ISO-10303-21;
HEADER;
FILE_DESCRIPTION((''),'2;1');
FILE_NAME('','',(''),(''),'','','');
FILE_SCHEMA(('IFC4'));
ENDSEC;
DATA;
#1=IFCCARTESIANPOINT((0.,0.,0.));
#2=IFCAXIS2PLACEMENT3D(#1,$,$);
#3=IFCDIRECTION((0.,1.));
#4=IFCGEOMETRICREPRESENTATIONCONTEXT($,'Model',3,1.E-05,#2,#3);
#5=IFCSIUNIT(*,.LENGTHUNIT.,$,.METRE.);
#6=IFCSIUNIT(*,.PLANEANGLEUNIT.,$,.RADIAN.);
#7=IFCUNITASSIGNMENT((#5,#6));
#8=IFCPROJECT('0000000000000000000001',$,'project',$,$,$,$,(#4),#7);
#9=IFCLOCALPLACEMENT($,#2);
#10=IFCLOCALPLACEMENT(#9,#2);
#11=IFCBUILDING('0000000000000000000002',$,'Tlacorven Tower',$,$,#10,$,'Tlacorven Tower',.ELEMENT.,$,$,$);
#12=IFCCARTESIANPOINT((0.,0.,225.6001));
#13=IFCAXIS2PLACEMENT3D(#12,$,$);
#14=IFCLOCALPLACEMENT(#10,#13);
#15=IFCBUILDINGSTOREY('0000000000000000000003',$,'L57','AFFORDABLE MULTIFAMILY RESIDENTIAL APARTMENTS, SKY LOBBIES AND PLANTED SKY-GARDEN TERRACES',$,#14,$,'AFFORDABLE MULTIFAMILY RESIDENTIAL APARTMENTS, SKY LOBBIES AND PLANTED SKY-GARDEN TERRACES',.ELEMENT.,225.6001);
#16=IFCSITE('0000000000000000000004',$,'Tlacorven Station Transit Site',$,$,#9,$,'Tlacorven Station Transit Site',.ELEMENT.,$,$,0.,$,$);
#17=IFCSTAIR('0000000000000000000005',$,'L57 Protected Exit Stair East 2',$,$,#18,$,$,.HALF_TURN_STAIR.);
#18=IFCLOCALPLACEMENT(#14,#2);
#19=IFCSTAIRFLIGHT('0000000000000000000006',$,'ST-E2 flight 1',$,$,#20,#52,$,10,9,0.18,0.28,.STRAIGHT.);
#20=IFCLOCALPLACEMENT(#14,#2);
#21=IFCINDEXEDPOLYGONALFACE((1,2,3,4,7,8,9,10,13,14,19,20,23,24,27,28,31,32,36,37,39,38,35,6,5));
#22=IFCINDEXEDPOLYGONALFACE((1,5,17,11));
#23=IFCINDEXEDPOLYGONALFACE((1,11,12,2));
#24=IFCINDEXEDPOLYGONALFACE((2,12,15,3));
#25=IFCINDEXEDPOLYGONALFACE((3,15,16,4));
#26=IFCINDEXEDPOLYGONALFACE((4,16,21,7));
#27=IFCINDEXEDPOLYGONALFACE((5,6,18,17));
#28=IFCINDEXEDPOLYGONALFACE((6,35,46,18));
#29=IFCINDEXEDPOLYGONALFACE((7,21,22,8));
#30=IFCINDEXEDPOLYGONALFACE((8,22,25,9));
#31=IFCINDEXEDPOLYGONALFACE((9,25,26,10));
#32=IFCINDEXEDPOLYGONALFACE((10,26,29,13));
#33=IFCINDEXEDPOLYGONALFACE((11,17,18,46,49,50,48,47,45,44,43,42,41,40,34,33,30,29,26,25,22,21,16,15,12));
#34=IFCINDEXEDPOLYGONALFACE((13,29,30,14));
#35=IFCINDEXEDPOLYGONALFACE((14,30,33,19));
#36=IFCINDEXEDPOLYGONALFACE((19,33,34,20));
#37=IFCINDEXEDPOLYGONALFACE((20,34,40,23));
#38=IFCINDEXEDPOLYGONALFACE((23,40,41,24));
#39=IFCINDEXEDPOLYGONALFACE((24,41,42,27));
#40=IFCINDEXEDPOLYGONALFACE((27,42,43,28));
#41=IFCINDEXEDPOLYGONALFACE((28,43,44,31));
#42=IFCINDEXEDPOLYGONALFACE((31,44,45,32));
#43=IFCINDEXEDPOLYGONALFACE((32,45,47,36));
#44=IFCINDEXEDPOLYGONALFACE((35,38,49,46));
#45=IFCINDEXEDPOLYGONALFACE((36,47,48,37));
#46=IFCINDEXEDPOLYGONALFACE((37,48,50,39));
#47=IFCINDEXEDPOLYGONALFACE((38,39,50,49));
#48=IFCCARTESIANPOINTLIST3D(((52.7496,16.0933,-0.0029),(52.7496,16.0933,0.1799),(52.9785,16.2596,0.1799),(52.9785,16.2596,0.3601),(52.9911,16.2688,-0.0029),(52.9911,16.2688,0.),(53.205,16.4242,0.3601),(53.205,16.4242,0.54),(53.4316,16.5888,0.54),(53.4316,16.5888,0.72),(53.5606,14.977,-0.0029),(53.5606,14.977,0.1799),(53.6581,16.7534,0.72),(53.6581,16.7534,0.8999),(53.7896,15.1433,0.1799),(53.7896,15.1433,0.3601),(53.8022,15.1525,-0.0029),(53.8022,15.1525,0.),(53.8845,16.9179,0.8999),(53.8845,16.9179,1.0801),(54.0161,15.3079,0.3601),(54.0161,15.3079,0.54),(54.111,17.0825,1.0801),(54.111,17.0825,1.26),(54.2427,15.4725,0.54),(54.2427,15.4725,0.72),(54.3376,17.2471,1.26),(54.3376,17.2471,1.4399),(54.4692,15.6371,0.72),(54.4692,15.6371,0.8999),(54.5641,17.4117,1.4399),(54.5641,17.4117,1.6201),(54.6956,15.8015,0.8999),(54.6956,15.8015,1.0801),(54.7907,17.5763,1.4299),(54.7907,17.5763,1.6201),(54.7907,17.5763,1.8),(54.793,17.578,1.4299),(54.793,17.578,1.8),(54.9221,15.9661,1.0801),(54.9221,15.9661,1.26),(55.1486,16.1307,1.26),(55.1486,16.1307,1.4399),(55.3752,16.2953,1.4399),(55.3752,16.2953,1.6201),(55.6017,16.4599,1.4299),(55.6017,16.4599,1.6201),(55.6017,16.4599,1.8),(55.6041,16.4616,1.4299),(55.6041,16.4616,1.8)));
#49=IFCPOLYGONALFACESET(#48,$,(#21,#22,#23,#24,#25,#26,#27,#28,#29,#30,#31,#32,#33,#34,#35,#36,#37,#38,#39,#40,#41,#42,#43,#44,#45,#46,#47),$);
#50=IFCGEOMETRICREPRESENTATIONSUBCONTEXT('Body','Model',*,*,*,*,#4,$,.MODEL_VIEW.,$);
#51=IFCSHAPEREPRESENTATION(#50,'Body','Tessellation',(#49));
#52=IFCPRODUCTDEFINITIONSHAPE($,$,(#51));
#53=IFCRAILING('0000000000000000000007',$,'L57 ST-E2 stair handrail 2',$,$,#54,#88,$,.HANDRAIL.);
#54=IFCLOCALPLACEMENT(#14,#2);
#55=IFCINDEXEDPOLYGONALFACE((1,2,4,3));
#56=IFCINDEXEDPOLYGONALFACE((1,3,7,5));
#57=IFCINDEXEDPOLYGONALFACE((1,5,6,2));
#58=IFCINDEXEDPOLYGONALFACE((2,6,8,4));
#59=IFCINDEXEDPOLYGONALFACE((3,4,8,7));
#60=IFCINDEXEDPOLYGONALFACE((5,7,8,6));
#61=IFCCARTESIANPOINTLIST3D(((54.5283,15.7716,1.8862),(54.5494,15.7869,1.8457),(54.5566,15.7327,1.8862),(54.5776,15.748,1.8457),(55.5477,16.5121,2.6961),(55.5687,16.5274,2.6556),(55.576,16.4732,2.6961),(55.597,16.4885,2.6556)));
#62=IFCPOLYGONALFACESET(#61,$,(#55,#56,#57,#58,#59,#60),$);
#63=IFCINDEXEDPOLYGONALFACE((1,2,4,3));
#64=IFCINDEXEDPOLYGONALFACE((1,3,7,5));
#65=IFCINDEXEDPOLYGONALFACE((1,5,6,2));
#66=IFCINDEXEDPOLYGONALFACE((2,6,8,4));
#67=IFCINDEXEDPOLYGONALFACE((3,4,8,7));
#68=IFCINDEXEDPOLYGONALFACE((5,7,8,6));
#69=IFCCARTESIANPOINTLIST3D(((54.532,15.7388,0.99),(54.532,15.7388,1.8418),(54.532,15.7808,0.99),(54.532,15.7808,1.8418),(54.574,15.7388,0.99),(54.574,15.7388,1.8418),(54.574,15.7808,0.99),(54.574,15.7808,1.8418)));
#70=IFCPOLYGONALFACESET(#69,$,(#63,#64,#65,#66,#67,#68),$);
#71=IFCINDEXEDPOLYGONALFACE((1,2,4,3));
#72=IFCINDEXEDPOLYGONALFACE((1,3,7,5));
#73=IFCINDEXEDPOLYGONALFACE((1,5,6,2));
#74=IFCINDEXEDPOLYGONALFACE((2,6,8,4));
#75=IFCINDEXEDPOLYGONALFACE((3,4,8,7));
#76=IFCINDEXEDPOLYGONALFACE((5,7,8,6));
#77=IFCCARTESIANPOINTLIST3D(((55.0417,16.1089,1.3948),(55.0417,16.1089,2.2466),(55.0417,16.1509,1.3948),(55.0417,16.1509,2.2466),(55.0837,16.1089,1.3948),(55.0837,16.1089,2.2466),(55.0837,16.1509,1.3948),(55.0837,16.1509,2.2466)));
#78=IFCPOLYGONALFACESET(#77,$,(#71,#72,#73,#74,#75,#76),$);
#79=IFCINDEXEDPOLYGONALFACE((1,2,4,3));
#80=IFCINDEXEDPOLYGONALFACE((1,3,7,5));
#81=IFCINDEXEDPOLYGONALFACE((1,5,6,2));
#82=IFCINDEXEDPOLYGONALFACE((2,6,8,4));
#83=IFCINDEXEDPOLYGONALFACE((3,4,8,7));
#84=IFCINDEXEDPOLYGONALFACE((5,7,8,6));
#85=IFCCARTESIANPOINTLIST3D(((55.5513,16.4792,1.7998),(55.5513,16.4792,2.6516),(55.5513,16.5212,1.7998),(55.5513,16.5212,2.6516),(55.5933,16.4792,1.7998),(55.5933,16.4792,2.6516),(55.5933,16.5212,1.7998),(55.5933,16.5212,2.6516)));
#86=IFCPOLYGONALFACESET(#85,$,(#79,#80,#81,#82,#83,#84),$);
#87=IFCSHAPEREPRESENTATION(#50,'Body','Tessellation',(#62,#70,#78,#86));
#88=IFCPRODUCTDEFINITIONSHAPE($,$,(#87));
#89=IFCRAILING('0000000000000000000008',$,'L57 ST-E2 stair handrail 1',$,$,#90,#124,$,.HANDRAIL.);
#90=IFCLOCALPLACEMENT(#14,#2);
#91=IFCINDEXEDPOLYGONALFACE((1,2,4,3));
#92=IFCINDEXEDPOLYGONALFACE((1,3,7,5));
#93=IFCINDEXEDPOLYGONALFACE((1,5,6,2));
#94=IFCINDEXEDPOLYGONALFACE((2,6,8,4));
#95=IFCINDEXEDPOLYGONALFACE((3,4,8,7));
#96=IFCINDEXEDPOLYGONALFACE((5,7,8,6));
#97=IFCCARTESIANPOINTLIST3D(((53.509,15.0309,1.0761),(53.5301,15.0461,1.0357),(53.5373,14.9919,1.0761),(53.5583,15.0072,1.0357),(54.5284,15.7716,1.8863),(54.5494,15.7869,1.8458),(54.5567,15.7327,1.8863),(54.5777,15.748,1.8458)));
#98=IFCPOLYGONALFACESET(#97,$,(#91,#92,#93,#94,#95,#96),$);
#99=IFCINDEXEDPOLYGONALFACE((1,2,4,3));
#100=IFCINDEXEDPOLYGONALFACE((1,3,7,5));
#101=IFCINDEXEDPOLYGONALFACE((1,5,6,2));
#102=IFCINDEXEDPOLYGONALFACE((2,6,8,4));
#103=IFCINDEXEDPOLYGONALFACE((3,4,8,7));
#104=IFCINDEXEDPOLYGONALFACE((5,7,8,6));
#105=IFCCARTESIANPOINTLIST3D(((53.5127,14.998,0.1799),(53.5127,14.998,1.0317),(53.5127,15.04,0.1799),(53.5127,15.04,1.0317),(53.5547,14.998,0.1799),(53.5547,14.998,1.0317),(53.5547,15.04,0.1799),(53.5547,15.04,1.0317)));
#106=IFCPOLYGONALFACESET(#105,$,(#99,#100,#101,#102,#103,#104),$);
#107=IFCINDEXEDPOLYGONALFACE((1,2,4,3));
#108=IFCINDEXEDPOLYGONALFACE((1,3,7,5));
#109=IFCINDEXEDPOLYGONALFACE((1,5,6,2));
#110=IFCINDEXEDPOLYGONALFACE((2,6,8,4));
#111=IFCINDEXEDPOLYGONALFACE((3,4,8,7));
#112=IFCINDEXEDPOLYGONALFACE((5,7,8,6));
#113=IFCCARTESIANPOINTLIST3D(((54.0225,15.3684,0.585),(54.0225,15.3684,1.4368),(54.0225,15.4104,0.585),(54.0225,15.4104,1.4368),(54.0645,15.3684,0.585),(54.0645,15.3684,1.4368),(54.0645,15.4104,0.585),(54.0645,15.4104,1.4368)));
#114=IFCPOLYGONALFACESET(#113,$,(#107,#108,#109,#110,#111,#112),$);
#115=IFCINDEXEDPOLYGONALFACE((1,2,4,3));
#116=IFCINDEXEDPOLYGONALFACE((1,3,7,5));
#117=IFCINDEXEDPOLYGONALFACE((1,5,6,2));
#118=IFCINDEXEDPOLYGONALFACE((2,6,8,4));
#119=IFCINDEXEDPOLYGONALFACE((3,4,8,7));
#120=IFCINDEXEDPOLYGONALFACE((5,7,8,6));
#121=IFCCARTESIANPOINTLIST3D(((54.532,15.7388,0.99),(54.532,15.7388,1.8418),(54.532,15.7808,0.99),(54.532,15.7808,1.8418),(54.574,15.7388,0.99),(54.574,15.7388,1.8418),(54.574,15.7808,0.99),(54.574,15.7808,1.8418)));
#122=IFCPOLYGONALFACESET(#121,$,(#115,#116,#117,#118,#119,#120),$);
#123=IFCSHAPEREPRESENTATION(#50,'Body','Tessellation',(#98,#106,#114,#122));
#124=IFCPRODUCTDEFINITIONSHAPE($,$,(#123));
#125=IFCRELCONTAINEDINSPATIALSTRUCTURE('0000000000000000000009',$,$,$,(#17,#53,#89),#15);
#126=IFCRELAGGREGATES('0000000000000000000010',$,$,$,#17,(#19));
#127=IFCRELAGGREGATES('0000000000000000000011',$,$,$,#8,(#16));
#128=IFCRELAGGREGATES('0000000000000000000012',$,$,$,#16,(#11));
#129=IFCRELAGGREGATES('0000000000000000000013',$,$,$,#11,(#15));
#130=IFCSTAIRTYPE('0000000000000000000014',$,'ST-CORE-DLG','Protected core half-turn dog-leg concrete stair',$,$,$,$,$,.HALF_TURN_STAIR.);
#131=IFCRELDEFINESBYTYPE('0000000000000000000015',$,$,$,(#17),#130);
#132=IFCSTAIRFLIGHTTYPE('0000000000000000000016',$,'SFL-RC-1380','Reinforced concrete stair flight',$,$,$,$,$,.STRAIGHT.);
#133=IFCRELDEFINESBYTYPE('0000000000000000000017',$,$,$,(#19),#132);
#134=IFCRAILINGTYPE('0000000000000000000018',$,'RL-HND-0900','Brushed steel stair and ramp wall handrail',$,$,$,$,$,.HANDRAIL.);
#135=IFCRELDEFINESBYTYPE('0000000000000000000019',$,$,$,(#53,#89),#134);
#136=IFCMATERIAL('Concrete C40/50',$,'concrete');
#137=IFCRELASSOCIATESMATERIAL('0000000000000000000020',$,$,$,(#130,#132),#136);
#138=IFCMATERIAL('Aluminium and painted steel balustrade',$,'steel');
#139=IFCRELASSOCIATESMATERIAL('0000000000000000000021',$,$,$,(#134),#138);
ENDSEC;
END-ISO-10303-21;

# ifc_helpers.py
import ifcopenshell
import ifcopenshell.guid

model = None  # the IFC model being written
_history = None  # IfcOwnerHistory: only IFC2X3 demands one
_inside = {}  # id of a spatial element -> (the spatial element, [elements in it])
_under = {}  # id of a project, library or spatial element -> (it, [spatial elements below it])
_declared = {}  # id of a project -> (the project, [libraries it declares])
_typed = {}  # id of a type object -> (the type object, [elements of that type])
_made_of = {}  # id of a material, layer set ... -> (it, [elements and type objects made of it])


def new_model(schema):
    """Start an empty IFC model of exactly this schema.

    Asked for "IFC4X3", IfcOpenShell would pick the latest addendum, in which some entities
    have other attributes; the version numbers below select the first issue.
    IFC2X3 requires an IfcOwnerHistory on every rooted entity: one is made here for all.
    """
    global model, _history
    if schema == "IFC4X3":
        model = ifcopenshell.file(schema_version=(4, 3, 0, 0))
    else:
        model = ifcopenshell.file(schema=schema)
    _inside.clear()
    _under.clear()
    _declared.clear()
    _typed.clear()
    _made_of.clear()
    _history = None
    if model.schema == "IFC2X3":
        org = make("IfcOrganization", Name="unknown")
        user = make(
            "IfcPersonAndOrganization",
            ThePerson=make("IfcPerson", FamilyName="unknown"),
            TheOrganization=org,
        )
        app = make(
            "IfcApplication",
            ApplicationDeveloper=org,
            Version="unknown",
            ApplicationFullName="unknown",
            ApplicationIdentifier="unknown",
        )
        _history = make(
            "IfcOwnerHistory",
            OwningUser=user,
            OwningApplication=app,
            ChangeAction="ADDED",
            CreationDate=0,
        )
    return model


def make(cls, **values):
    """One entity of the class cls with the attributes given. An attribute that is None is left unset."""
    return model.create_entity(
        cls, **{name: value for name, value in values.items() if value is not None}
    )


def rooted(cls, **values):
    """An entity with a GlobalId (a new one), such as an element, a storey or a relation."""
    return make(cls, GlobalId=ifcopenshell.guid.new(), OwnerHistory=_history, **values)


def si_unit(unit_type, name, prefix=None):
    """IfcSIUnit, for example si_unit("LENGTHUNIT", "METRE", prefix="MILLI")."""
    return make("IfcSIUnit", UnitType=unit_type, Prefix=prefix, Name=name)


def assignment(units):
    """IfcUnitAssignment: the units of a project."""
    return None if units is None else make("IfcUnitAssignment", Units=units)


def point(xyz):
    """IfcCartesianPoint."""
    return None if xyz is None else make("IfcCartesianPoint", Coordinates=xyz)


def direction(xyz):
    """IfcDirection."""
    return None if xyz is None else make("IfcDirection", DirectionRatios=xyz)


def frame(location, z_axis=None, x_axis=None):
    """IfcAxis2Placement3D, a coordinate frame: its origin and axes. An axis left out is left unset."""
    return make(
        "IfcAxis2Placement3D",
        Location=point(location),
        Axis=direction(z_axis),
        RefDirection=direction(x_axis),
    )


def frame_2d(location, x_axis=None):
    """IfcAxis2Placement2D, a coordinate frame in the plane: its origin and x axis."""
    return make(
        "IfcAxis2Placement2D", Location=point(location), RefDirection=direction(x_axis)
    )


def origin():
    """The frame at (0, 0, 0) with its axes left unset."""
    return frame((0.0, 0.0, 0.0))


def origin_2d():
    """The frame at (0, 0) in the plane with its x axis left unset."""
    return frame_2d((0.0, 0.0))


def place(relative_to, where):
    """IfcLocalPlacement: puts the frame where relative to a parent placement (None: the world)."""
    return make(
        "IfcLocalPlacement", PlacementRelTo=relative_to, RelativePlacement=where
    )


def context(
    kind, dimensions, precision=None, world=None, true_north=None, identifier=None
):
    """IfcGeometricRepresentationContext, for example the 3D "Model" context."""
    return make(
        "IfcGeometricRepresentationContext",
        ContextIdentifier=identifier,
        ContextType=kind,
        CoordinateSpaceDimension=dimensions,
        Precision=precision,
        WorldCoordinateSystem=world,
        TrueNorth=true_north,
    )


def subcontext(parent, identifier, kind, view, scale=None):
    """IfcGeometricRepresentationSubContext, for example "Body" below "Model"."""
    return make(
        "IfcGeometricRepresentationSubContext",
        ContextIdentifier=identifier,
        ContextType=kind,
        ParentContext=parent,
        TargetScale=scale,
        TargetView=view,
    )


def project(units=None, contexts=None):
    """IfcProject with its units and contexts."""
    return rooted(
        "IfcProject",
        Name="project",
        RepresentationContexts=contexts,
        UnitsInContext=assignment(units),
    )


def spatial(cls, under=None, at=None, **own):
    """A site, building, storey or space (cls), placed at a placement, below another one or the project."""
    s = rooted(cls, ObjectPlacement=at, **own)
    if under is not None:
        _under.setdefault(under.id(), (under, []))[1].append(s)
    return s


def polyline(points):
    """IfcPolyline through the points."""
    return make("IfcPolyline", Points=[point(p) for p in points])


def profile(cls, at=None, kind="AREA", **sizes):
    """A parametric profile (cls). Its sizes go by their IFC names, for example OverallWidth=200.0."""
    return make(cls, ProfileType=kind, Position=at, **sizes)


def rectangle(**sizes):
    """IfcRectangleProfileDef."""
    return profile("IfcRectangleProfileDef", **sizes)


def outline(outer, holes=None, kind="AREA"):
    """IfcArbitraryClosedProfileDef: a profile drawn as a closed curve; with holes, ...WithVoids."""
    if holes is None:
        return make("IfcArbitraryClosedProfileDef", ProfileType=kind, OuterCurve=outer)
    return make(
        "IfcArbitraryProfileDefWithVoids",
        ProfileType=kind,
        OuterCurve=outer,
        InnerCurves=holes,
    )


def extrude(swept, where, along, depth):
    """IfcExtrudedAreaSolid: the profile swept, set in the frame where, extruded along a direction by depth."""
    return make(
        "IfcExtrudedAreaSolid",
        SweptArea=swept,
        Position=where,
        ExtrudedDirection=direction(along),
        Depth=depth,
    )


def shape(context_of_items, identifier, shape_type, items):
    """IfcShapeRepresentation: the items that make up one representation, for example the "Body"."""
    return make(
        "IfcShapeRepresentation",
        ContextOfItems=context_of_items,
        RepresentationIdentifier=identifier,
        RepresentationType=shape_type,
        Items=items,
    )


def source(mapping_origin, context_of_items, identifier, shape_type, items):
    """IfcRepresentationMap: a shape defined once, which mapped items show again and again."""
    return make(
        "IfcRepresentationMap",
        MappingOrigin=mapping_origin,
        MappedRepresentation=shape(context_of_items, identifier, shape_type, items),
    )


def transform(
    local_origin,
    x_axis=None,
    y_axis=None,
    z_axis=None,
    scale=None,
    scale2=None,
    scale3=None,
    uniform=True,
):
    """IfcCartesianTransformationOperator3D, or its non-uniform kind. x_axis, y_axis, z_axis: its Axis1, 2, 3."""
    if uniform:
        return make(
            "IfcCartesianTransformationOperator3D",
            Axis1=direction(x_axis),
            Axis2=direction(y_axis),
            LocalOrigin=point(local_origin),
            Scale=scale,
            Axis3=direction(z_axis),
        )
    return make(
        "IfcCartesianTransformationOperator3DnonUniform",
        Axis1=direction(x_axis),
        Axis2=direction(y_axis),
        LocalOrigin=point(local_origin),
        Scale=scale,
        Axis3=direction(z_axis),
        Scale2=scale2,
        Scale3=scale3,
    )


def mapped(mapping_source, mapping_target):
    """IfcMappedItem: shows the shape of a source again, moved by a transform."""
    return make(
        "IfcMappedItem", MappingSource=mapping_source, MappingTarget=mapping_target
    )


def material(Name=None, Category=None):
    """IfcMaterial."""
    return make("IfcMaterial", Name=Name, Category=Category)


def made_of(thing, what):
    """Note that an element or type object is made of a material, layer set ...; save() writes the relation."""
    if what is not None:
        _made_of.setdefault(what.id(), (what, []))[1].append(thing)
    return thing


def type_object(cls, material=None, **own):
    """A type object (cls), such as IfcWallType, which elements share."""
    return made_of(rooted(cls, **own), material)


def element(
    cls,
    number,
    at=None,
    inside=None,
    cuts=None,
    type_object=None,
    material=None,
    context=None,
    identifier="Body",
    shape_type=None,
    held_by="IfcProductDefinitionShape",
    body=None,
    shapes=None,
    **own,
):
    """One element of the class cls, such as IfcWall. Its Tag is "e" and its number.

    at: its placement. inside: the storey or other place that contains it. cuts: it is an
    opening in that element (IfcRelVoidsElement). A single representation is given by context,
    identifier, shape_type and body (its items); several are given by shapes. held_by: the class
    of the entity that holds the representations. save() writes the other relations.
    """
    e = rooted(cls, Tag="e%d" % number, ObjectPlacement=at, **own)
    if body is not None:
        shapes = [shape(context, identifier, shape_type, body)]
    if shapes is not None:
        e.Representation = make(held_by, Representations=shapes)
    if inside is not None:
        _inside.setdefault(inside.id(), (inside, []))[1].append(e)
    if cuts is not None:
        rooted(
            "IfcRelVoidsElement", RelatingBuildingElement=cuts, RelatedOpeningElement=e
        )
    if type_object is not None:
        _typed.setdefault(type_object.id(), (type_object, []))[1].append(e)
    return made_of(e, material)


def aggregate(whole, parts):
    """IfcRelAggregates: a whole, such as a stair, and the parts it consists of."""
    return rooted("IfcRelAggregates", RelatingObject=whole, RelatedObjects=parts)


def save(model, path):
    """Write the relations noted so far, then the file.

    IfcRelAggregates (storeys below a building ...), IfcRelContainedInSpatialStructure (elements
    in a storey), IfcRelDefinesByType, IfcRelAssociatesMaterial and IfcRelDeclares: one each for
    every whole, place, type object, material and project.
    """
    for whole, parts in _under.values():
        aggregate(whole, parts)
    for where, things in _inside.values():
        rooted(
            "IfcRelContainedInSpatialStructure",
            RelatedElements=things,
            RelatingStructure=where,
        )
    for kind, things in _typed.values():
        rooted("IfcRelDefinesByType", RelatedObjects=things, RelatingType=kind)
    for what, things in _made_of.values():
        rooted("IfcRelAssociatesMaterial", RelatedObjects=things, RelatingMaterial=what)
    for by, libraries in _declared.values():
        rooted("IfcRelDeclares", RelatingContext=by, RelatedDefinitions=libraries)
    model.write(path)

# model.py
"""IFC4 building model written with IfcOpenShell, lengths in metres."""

from ifc_helpers import new_model, si_unit, direction, frame, origin, origin_2d, place, context, subcontext, project, spatial, polyline, rectangle, outline, extrude, source, transform, mapped, material, type_object, element, aggregate, save


model = new_model("IFC4")

# Units and contexts
model_context = context("Model", 3, precision=1e-05, world=origin(), true_north=direction((0.0, 1.0)))
body_context = subcontext(model_context, "Body", "Model", "MODEL_VIEW")
ifc_project = project(units=[si_unit("LENGTHUNIT", "METRE"), si_unit("PLANEANGLEUNIT", "RADIAN")], contexts=[model_context])

# Site, building, storey
site_placement = place(None, origin())
site = spatial("IfcSite", under=ifc_project, at=site_placement, Name="Tlacorven Station Transit Site", LongName="Tlacorven Station Transit Site", CompositionType="ELEMENT", RefElevation=0.0)
building_placement = place(site_placement, origin())
building = spatial("IfcBuilding", under=site, at=building_placement, Name="Tlacorven Tower", LongName="Tlacorven Tower", CompositionType="ELEMENT")
storey_placement = place(building_placement, frame((0.0, 0.0, 225.6001)))
storey = spatial("IfcBuildingStorey", under=building, at=storey_placement, Name="L57", Description="AFFORDABLE MULTIFAMILY RESIDENTIAL APARTMENTS, SKY LOBBIES AND PLANTED SKY-GARDEN TERRACES", LongName="AFFORDABLE MULTIFAMILY RESIDENTIAL APARTMENTS, SKY LOBBIES AND PLANTED SKY-GARDEN TERRACES", CompositionType="ELEMENT", Elevation=225.6001)

# Stair, stair flight
ifc_material_1 = material(Name="Concrete C40/50", Category="concrete")
stair_type = type_object("IfcStairType", Name="ST-CORE-DLG", Description="Protected core half-turn dog-leg concrete stair", PredefinedType="HALF_TURN_STAIR", material=ifc_material_1)
stair_placement = place(storey_placement, origin())
stair = element("IfcStair", 1, at=stair_placement, inside=storey, type_object=stair_type, Name="L57 Protected Exit Stair East 2", PredefinedType="HALF_TURN_STAIR")
stair_flight_type = type_object("IfcStairFlightType", Name="SFL-RC-1380", Description="Reinforced concrete stair flight", PredefinedType="STRAIGHT", material=ifc_material_1)
shared_shape_1 = source(origin(), body_context, "Body", "SweptSolid", [
    extrude(outline(polyline([(-0.0029, -0.0029), (-0.0029, 0.1799), (0.28, 0.1799), (0.28, 0.3601), (0.5601, 0.3601), (0.5601, 0.54), (0.8401, 0.54), (0.8401, 0.72), (1.1201, 0.72), (1.1201, 0.8999), (1.3999, 0.8999), (1.3999, 1.0801), (1.6799, 1.0801), (1.6799, 1.26), (1.96, 1.26), (1.96, 1.4399), (2.24, 1.4399), (2.24, 1.6201), (2.52, 1.6201), (2.52, 1.8), (2.5229, 1.8), (2.5229, 1.4299), (2.52, 1.4299), (0.2957, 0.0), (0.2957, -0.0029), (-0.0029, -0.0029)])), frame((0.0, 0.6899, 0.0), z_axis=(0.0, -1.0, 0.0), x_axis=(1.0, 0.0, 0.0)), (0.0, 0.0, 1.0), 1.3799),
])
stair_flight_placement = place(storey_placement, frame((53.1575, 15.5369, 0.0), z_axis=(0.0, 0.0, 1.0), x_axis=(0.809017, 0.587785, 0.0)))
stair_flight = element("IfcStairFlight", 2, at=stair_flight_placement, type_object=stair_flight_type, Name="ST-E2 flight 1", NumberOfRisers=10, NumberOfTreads=9, PredefinedType="STRAIGHT", RiserHeight=0.18, TreadLength=0.28, context=body_context, shape_type="MappedRepresentation", body=[
    mapped(shared_shape_1, transform((0.0, 0.0, 0.0), scale=1.0)),
])
aggregate(stair, [stair_flight])

# Railings
ifc_material_2 = material(Name="Aluminium and painted steel balustrade", Category="steel")
railing_type = type_object("IfcRailingType", Name="RL-HND-0900", Description="Brushed steel stair and ramp wall handrail", PredefinedType="HANDRAIL", material=ifc_material_2)
shared_shape_2 = source(origin(), body_context, "Body", "SweptSolid", [
    extrude(rectangle(XDim=0.0481, YDim=0.0481, at=origin_2d()), frame((0.0, 0.0, 0.876), z_axis=(0.680576, 0.494416, 0.540712), x_axis=(-0.587745, 0.809046, 0.0)), (0.0, 0.0, 1.0), 1.4978),
    extrude(rectangle(XDim=0.042, YDim=0.042, at=origin_2d()), origin(), (0.0, 0.0, 1.0), 0.8518),
    extrude(rectangle(XDim=0.042, YDim=0.042, at=origin_2d()), frame((0.5098, 0.3701, 0.4048)), (0.0, 0.0, 1.0), 0.8518),
    extrude(rectangle(XDim=0.042, YDim=0.042, at=origin_2d()), frame((1.0193, 0.7405, 0.8098)), (0.0, 0.0, 1.0), 0.8518),
])
railing_1_placement = place(storey_placement, frame((54.553, 15.7598, 0.99)))
element("IfcRailing", 3, at=railing_1_placement, inside=storey, type_object=railing_type, Name="L57 ST-E2 stair handrail 2", PredefinedType="HANDRAIL", context=body_context, shape_type="MappedRepresentation", body=[
    mapped(shared_shape_2, transform((0.0, 0.0, 0.0), scale=1.0)),
])
shared_shape_3 = source(origin(), body_context, "Body", "SweptSolid", [
    extrude(rectangle(XDim=0.0481, YDim=0.0481, at=origin_2d()), frame((0.0, 0.0, 0.876), z_axis=(0.680461, 0.494496, 0.540783), x_axis=(-0.587872, 0.808954, 0.0)), (0.0, 0.0, 1.0), 1.498),
    extrude(rectangle(XDim=0.042, YDim=0.042, at=origin_2d()), origin(), (0.0, 0.0, 1.0), 0.8518),
    extrude(rectangle(XDim=0.042, YDim=0.042, at=origin_2d()), frame((0.5098, 0.3704, 0.405)), (0.0, 0.0, 1.0), 0.8518),
    extrude(rectangle(XDim=0.042, YDim=0.042, at=origin_2d()), frame((1.0193, 0.7407, 0.8101)), (0.0, 0.0, 1.0), 0.8518),
])
railing_2_placement = place(storey_placement, frame((53.5337, 15.019, 0.1799)))
element("IfcRailing", 4, at=railing_2_placement, inside=storey, type_object=railing_type, Name="L57 ST-E2 stair handrail 1", PredefinedType="HANDRAIL", context=body_context, shape_type="MappedRepresentation", body=[
    mapped(shared_shape_3, transform((0.0, 0.0, 0.0), scale=1.0)),
])

save(model, "model.ifc")
